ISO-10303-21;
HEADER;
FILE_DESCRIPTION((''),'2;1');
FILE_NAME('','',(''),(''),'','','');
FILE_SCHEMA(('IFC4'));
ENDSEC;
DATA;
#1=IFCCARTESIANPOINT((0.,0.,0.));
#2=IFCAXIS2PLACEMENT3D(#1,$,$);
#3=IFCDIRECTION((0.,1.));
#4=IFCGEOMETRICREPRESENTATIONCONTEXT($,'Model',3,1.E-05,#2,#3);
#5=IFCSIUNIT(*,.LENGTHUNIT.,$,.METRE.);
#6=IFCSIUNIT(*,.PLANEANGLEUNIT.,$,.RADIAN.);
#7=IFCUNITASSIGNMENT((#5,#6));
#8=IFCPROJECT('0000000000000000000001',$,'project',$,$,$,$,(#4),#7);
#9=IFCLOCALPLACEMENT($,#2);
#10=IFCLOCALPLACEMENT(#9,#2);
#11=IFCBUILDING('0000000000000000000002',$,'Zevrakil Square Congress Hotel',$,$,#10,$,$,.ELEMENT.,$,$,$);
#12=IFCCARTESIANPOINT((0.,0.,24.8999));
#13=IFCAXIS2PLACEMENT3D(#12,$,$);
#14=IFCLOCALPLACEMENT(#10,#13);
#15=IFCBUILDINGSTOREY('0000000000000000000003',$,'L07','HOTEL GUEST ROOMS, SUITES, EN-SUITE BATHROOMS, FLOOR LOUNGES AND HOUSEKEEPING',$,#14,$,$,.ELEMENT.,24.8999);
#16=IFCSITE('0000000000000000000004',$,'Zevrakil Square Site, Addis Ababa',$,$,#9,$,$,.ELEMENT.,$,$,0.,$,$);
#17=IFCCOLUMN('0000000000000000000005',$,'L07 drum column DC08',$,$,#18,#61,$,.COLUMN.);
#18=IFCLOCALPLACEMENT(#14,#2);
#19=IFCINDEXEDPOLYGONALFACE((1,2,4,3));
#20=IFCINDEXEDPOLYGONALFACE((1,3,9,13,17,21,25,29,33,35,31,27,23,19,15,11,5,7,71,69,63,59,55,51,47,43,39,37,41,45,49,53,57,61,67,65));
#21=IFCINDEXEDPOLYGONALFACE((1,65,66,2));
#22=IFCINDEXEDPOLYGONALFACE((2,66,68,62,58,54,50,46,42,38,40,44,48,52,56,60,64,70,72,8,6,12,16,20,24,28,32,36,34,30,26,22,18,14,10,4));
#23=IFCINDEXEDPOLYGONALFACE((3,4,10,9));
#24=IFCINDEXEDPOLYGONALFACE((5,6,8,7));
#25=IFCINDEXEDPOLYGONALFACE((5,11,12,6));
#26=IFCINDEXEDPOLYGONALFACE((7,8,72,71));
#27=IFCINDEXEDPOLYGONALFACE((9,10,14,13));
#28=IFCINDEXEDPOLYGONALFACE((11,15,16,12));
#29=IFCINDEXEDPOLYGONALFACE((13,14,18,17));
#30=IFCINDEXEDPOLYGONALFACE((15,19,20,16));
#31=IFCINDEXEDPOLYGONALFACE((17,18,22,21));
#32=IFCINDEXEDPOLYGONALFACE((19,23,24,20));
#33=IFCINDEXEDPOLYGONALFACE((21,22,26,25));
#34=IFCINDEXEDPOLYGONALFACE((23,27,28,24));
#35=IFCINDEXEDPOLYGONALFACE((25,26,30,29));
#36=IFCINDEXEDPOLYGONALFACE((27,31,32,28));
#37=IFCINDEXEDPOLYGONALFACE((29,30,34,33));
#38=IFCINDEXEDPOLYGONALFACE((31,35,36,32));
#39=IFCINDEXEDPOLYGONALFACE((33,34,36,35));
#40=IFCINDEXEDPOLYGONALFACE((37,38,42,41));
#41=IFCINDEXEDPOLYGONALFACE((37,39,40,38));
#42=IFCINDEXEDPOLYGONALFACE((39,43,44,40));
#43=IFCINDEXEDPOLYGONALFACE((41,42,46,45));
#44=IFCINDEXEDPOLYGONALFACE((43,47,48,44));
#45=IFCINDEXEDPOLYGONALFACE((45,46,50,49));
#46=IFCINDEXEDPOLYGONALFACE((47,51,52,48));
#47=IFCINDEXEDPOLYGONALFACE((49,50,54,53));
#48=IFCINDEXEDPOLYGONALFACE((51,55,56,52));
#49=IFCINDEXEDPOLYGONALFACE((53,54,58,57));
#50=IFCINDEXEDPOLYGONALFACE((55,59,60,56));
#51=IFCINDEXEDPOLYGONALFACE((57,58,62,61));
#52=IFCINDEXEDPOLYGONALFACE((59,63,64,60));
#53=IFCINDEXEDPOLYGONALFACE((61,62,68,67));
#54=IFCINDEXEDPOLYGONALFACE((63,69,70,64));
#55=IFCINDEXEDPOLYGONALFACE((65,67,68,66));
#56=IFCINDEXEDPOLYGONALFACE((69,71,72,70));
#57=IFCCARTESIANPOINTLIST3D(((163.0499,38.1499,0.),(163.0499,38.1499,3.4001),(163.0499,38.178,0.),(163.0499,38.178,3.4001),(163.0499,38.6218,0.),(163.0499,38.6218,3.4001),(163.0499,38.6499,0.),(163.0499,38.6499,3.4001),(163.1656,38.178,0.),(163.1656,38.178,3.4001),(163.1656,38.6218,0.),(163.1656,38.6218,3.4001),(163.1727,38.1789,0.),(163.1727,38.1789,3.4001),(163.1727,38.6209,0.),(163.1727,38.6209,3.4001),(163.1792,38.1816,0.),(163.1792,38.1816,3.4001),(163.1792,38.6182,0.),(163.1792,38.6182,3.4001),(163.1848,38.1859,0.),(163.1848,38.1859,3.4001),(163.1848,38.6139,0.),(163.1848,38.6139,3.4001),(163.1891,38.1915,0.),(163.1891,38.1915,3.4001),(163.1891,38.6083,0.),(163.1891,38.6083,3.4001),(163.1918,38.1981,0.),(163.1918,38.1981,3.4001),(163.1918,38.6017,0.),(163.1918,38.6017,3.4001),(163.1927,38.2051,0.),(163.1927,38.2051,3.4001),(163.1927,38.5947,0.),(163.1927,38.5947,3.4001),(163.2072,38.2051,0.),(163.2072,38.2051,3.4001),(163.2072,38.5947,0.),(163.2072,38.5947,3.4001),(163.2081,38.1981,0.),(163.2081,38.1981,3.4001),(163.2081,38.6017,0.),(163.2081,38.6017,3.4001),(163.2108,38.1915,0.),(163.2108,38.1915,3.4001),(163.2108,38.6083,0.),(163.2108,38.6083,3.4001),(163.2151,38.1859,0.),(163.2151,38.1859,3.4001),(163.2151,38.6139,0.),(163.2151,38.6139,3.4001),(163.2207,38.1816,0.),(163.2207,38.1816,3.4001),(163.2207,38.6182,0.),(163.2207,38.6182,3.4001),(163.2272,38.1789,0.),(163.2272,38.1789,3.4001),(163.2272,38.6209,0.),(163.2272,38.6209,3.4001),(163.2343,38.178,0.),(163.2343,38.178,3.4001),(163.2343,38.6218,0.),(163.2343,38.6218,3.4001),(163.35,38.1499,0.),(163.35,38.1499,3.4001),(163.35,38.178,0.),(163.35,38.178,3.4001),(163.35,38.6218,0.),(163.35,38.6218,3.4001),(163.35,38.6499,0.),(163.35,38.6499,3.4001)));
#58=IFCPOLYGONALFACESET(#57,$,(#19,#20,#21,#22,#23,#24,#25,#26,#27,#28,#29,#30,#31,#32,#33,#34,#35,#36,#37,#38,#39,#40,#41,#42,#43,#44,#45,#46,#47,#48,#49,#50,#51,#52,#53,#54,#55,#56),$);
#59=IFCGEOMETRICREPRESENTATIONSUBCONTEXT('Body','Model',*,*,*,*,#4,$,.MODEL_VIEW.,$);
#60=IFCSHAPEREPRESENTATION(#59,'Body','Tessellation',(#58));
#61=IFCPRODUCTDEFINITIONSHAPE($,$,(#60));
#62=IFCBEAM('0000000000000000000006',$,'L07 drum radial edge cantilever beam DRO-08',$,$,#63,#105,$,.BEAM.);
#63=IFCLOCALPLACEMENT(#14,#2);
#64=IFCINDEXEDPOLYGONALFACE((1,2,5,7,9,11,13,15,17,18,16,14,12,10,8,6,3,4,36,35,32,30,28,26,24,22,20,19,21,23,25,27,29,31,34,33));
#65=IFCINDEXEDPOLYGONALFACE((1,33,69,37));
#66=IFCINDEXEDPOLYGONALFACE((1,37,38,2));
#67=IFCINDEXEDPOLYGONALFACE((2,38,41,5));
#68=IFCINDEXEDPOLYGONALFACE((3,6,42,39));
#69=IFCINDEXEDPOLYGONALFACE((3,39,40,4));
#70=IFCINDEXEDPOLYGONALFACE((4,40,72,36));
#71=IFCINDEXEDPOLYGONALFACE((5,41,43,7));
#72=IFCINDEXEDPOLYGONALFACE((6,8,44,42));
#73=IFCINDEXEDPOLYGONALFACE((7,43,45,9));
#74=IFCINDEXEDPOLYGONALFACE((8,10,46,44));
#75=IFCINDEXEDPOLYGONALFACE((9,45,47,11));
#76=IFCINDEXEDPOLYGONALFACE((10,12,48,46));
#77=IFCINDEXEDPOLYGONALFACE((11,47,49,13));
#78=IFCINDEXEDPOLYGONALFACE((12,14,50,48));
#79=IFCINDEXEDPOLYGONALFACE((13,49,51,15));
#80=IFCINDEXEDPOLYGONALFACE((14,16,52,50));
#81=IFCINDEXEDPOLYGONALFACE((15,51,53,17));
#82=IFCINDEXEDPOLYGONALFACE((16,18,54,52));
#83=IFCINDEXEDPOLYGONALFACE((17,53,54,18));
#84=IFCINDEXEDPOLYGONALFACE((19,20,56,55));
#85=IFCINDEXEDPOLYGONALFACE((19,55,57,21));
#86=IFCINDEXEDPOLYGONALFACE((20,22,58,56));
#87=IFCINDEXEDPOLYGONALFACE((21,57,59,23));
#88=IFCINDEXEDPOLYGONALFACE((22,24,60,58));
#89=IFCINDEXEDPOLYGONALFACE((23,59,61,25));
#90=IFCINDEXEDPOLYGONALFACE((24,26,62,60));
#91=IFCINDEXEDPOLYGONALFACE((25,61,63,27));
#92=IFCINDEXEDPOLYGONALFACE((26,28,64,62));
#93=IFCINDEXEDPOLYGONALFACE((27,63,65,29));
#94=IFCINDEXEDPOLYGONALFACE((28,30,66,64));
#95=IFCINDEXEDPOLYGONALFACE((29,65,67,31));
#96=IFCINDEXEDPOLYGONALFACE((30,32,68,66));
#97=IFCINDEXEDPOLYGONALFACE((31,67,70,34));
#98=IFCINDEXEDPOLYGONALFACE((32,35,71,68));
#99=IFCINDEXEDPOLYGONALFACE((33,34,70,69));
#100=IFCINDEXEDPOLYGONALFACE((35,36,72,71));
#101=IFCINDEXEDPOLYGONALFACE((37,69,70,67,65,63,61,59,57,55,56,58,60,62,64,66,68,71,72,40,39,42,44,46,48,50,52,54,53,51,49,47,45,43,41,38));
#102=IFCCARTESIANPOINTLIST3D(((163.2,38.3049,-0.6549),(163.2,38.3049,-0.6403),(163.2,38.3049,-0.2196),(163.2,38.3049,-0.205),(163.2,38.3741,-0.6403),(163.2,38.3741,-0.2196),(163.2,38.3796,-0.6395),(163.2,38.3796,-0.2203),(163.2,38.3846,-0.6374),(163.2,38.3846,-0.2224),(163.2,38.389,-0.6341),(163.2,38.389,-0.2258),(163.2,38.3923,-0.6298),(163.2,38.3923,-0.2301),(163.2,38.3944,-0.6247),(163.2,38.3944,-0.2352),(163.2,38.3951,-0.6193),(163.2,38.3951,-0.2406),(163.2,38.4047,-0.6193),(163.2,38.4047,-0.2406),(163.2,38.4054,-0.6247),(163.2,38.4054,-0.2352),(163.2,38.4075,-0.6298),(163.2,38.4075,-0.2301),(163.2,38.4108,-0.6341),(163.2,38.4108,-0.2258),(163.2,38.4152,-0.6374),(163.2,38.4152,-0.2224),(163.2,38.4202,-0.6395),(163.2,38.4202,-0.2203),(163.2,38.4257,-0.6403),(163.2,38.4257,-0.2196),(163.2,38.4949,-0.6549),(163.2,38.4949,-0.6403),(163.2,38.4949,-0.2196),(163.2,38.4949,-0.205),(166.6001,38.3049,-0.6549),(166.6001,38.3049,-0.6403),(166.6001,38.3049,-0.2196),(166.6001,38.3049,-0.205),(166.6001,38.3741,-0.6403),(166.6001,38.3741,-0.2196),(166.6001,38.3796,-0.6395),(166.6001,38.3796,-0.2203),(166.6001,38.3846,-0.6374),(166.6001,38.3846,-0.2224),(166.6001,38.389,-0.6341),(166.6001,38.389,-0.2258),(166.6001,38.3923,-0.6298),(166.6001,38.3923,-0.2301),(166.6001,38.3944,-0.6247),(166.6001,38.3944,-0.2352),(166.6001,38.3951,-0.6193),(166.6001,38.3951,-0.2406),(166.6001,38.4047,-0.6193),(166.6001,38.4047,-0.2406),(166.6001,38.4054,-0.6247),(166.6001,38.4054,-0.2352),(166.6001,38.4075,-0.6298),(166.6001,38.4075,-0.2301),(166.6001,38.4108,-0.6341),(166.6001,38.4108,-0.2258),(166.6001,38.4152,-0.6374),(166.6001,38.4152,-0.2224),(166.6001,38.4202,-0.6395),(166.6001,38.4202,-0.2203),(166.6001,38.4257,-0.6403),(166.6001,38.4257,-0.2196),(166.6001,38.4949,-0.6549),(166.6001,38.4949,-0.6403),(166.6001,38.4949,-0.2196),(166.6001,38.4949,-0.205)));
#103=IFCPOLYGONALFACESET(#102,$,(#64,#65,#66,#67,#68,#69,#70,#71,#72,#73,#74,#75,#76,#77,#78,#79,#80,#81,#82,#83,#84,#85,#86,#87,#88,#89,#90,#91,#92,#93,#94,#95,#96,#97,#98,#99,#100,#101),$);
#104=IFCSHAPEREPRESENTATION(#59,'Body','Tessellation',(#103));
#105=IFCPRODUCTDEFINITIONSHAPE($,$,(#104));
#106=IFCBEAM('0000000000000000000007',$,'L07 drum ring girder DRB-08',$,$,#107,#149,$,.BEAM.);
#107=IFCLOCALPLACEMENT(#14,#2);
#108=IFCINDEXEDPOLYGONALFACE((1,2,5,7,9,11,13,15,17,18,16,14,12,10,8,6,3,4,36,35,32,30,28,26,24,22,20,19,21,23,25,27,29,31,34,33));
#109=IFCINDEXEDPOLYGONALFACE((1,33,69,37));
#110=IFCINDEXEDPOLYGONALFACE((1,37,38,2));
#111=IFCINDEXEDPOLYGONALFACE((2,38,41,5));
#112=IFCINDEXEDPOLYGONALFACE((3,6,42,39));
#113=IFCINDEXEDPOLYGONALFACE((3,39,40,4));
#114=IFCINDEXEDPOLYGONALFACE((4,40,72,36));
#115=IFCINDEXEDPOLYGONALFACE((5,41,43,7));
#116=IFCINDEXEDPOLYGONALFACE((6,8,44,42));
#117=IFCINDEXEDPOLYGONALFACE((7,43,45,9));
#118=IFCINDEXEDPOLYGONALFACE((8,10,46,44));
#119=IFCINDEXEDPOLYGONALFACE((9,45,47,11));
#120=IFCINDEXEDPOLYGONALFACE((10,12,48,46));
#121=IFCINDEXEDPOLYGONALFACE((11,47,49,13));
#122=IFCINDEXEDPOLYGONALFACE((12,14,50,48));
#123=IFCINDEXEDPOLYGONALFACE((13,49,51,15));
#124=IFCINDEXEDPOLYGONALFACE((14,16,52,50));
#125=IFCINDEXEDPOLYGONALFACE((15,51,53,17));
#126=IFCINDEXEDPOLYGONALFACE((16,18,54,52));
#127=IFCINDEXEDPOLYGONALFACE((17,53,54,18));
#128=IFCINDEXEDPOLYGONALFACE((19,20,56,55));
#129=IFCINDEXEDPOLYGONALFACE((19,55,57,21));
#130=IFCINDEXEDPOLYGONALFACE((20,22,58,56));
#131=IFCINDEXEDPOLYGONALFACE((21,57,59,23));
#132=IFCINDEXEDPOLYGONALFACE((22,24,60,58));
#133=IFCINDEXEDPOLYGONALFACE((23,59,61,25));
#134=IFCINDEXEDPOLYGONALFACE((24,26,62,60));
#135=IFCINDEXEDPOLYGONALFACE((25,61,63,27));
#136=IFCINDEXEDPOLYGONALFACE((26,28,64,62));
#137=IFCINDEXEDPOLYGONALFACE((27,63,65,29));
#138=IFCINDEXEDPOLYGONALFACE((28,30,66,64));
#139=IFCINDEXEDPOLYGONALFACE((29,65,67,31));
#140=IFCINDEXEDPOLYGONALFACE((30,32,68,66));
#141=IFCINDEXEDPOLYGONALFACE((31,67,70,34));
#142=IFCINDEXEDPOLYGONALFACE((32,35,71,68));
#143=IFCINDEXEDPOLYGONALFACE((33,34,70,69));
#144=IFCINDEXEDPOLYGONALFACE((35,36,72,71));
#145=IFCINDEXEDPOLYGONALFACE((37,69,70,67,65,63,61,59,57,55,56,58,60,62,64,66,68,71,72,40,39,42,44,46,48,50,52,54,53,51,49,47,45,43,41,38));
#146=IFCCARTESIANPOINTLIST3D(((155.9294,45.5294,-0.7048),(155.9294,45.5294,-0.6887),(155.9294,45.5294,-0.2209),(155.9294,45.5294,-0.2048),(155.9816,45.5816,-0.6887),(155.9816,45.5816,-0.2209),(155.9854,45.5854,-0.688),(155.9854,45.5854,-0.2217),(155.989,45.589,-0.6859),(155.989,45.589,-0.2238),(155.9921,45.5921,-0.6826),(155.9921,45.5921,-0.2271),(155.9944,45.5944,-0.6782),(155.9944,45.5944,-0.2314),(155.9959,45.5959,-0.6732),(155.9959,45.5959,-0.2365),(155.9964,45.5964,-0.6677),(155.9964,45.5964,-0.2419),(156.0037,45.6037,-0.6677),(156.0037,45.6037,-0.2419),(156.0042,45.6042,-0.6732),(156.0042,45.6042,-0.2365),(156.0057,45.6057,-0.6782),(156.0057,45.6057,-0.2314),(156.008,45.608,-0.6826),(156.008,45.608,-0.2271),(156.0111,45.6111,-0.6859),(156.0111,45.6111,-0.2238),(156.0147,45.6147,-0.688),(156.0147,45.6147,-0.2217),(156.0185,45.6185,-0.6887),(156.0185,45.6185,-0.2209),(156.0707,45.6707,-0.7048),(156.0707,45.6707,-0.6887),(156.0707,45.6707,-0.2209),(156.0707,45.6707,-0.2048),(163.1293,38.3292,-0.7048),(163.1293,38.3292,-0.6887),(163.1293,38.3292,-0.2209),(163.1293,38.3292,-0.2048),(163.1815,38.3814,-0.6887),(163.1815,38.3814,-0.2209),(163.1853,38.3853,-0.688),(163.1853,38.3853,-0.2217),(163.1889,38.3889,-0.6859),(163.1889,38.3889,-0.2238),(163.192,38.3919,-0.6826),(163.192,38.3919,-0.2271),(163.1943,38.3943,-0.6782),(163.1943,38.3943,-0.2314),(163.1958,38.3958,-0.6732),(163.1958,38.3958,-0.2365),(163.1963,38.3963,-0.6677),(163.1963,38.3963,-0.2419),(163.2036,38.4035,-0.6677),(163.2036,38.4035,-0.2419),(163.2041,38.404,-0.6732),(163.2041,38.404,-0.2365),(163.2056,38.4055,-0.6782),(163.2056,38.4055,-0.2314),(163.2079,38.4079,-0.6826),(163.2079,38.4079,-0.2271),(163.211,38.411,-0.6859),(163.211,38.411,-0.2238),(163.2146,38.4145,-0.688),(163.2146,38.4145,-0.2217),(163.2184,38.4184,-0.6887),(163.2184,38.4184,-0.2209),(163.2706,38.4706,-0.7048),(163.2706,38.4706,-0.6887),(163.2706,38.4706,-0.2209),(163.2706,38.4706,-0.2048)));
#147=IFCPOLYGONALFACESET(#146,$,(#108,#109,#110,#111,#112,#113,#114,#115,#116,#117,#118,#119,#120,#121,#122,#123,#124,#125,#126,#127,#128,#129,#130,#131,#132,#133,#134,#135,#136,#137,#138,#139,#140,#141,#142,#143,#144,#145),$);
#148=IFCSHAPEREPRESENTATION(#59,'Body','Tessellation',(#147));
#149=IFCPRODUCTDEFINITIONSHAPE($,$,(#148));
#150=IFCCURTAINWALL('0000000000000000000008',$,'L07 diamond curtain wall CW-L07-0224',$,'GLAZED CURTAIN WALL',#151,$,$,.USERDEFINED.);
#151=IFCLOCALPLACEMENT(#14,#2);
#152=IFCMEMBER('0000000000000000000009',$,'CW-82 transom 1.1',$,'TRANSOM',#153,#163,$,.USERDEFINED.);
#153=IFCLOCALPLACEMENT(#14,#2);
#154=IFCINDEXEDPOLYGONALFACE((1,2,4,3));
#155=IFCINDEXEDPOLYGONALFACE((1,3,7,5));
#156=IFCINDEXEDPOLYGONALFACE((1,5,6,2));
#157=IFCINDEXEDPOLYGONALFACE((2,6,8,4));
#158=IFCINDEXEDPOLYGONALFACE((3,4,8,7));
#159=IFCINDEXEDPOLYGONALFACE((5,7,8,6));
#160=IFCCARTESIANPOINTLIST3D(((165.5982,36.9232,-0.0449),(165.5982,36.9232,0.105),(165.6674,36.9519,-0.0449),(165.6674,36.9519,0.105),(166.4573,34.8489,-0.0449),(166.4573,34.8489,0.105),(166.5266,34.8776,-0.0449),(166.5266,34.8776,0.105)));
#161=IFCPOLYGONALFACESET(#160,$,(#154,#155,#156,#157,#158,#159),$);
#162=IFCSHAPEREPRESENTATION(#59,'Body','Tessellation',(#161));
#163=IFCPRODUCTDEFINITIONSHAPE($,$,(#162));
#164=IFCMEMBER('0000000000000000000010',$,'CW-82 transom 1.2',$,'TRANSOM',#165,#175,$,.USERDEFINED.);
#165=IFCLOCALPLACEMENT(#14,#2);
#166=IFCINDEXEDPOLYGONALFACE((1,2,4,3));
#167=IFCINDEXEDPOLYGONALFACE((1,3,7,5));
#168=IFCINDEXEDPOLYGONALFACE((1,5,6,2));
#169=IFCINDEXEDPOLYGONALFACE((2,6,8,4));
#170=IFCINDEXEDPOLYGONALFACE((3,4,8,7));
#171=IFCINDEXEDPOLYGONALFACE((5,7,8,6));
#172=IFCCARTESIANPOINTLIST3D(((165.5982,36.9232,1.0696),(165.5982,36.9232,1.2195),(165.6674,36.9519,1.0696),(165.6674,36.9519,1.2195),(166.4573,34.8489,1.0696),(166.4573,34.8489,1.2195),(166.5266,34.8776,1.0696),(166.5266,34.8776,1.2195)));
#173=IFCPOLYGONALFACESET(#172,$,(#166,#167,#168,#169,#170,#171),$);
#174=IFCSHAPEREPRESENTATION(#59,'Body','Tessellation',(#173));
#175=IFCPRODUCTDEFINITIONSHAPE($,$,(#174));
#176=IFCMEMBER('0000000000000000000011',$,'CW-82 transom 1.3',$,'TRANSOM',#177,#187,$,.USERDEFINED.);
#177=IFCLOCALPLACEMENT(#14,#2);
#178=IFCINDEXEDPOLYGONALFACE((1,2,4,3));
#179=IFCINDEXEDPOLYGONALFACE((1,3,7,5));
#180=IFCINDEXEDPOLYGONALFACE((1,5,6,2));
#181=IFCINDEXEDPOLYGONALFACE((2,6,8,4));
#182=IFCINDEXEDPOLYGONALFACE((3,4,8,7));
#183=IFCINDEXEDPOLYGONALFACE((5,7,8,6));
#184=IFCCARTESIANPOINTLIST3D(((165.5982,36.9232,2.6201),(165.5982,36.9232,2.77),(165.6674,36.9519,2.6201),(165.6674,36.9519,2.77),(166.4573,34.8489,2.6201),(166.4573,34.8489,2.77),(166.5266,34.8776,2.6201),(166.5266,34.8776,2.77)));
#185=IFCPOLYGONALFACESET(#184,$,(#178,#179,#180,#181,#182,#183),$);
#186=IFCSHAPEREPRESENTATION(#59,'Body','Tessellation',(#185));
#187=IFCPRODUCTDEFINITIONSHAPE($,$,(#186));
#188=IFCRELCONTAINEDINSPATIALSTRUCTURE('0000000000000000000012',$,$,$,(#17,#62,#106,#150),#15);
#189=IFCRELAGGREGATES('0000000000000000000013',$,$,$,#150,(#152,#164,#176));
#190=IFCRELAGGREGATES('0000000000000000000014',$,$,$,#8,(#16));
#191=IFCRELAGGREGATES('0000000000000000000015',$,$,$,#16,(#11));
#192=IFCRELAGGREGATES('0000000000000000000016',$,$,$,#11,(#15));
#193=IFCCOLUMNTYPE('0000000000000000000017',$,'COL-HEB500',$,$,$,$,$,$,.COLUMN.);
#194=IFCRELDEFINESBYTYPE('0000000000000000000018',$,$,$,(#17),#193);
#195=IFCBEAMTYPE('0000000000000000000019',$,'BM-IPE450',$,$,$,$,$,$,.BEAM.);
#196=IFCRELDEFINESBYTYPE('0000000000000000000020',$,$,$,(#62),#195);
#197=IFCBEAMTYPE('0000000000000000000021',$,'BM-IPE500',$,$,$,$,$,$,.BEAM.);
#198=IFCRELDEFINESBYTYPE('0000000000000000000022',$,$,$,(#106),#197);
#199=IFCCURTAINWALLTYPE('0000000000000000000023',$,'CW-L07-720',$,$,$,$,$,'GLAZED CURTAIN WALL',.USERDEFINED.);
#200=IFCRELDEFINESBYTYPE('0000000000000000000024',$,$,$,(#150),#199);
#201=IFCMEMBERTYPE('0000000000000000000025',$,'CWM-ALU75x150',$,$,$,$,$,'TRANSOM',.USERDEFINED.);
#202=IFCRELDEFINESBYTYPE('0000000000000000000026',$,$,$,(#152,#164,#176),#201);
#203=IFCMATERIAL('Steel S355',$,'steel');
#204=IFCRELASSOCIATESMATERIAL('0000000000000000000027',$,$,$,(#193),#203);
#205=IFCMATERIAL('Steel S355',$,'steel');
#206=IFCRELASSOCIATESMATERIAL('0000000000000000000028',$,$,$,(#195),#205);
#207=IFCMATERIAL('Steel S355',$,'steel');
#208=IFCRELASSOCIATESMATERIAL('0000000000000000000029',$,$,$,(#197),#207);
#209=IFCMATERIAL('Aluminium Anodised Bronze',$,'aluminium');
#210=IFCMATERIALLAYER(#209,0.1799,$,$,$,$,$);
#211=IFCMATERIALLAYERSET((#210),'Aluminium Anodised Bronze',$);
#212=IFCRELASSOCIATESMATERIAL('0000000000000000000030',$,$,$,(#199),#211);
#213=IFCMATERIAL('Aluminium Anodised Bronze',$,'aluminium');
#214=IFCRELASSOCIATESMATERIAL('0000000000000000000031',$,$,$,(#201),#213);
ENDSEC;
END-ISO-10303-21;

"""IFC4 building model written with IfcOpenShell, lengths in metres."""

from ifc_helpers import new_model, si_unit, direction, frame, origin, origin_2d, place, context, subcontext, project, spatial, rectangle, i_section, extrude, material, layer, layer_set, material_profile, profile_set, type_object, element, aggregate, save


model = new_model("IFC4")

# Units and contexts
model_context = context("Model", 3, precision=1e-05, world=origin(), true_north=direction((0.0, 1.0)))
body_context = subcontext(model_context, "Body", "Model", "MODEL_VIEW")
ifc_project = project(units=[si_unit("LENGTHUNIT", "METRE"), si_unit("PLANEANGLEUNIT", "RADIAN")], contexts=[model_context])

# Site, building, storey
site_placement = place(None, origin())
site = spatial("IfcSite", under=ifc_project, at=site_placement, Name="Zevrakil Square Site, Addis Ababa", CompositionType="ELEMENT", RefElevation=0.0)
building_placement = place(site_placement, origin())
building = spatial("IfcBuilding", under=site, at=building_placement, Name="Zevrakil Square Congress Hotel", CompositionType="ELEMENT")
storey_placement = place(building_placement, frame((0.0, 0.0, 24.8999)))
storey = spatial("IfcBuildingStorey", under=building, at=storey_placement, Name="L07", Description="HOTEL GUEST ROOMS, SUITES, EN-SUITE BATHROOMS, FLOOR LOUNGES AND HOUSEKEEPING", CompositionType="ELEMENT", Elevation=24.8999)

# Column
ifc_material_1 = material(Name="Steel S355", Category="steel")
ifc_material_profile_1 = material_profile(ifc_material_1, i_section(OverallWidth=0.3, OverallDepth=0.5, WebThickness=0.0144, FlangeThickness=0.0281, FilletRadius=0.0271, at=origin_2d()), Name="HEB 500")
ifc_profile_set_1 = profile_set([ifc_material_profile_1], Name="Steel S355")
column_type = type_object("IfcColumnType", Name="COL-HEB500", PredefinedType="COLUMN", material=ifc_profile_set_1)
column_placement = place(storey_placement, frame((163.2, 38.3999, 0.0), z_axis=(0.0, 0.0, 1.0), x_axis=(1.0, 0.0, 0.0)))
element("IfcColumn", 1, at=column_placement, inside=storey, type_object=column_type, Name="L07 drum column DC08", PredefinedType="COLUMN", context=body_context, shape_type="SweptSolid", body=[
    extrude(i_section(OverallWidth=0.3, OverallDepth=0.5, WebThickness=0.0144, FlangeThickness=0.0281, FilletRadius=0.0271, at=origin_2d()), origin(), (0.0, 0.0, 1.0), 3.4001),
])

# Beams
ifc_material_2 = material(Name="Steel S355", Category="steel")
ifc_material_profile_2 = material_profile(ifc_material_2, i_section(OverallWidth=0.1899, OverallDepth=0.45, WebThickness=0.0095, FlangeThickness=0.0146, FilletRadius=0.021, at=origin_2d()), Name="IPE 450")
ifc_profile_set_2 = profile_set([ifc_material_profile_2], Name="Steel S355")
beam_type_1 = type_object("IfcBeamType", Name="BM-IPE450", PredefinedType="BEAM", material=ifc_profile_set_2)
beam_1_placement = place(storey_placement, frame((163.2, 38.3999, -0.4299), z_axis=(1.0, 0.0, 0.0), x_axis=(0.0, 1.0, 0.0)))
element("IfcBeam", 2, at=beam_1_placement, inside=storey, type_object=beam_type_1, Name="L07 drum radial edge cantilever beam DRO-08", PredefinedType="BEAM", context=body_context, shape_type="SweptSolid", body=[
    extrude(i_section(OverallWidth=0.1899, OverallDepth=0.45, WebThickness=0.0095, FlangeThickness=0.0146, FilletRadius=0.021, at=origin_2d()), origin(), (0.0, 0.0, 1.0), 3.4001),
])
ifc_material_3 = material(Name="Steel S355", Category="steel")
ifc_material_profile_3 = material_profile(ifc_material_3, i_section(OverallWidth=0.2, OverallDepth=0.5, WebThickness=0.0103, FlangeThickness=0.0161, FilletRadius=0.021, at=origin_2d()), Name="IPE 500")
ifc_profile_set_3 = profile_set([ifc_material_profile_3], Name="Steel S355")
beam_type_2 = type_object("IfcBeamType", Name="BM-IPE500", PredefinedType="BEAM", material=ifc_profile_set_3)
beam_2_placement = place(storey_placement, frame((163.2, 38.3999, -0.4548), z_axis=(-0.707095, 0.707119, 0.0), x_axis=(-0.707119, -0.707095, 0.0)))
element("IfcBeam", 3, at=beam_2_placement, inside=storey, type_object=beam_type_2, Name="L07 drum ring girder DRB-08", PredefinedType="BEAM", context=body_context, shape_type="SweptSolid", body=[
    extrude(i_section(OverallWidth=0.2, OverallDepth=0.5, WebThickness=0.0103, FlangeThickness=0.0161, FilletRadius=0.021, at=origin_2d()), origin(), (0.0, 0.0, 1.0), 10.1824),
])

# Curtain wall, members
ifc_material_4 = material(Name="Aluminium Anodised Bronze", Category="aluminium")
ifc_layer_1 = layer(ifc_material_4, 0.1799)
ifc_layer_set_1 = layer_set([ifc_layer_1], Name="Aluminium Anodised Bronze")
curtain_wall_type_1 = type_object("IfcCurtainWallType", Name="CW-L07-720", ElementType="GLAZED CURTAIN WALL", PredefinedType="USERDEFINED", material=ifc_layer_set_1)
curtain_wall_1_placement = place(storey_placement, origin())
curtain_wall_1 = element("IfcCurtainWall", 4, at=curtain_wall_1_placement, inside=storey, type_object=curtain_wall_type_1, Name="L07 diamond curtain wall CW-L07-0224", ObjectType="GLAZED CURTAIN WALL", PredefinedType="USERDEFINED")
ifc_material_5 = material(Name="Aluminium Anodised Bronze", Category="aluminium")
ifc_material_profile_4 = material_profile(ifc_material_5, rectangle(XDim=0.075, YDim=0.1499, at=origin_2d()), Name="ALU 75x150")
ifc_profile_set_4 = profile_set([ifc_material_profile_4], Name="Aluminium Anodised Bronze")
member_type_1 = type_object("IfcMemberType", Name="CWM-ALU75x150", ElementType="TRANSOM", PredefinedType="USERDEFINED", material=ifc_profile_set_4)
member_1_placement = place(storey_placement, frame((166.4919, 34.8633, 0.03), z_axis=(-0.382669, 0.923886, 0.0), x_axis=(-0.923886, -0.382669, 0.0)))
member_1 = element("IfcMember", 5, at=member_1_placement, type_object=member_type_1, Name="CW-82 transom 1.1", ObjectType="TRANSOM", PredefinedType="USERDEFINED", context=body_context, shape_type="SweptSolid", body=[
    extrude(rectangle(XDim=0.075, YDim=0.1499, at=origin_2d()), origin(), (0.0, 0.0, 1.0), 2.2451),
])
member_2_placement = place(storey_placement, frame((166.4919, 34.8633, 1.1445), z_axis=(-0.382669, 0.923886, 0.0), x_axis=(-0.923886, -0.382669, 0.0)))
member_2 = element("IfcMember", 6, at=member_2_placement, type_object=member_type_1, Name="CW-82 transom 1.2", ObjectType="TRANSOM", PredefinedType="USERDEFINED", context=body_context, shape_type="SweptSolid", body=[
    extrude(rectangle(XDim=0.075, YDim=0.1499, at=origin_2d()), origin(), (0.0, 0.0, 1.0), 2.2451),
])
member_3_placement = place(storey_placement, frame((166.4919, 34.8633, 2.6951), z_axis=(-0.382669, 0.923886, 0.0), x_axis=(-0.923886, -0.382669, 0.0)))
member_3 = element("IfcMember", 7, at=member_3_placement, type_object=member_type_1, Name="CW-82 transom 1.3", ObjectType="TRANSOM", PredefinedType="USERDEFINED", context=body_context, shape_type="SweptSolid", body=[
    extrude(rectangle(XDim=0.075, YDim=0.1499, at=origin_2d()), origin(), (0.0, 0.0, 1.0), 2.2451),
])

aggregate(curtain_wall_1, [member_1, member_2, member_3])

save(model, "model.ifc")
